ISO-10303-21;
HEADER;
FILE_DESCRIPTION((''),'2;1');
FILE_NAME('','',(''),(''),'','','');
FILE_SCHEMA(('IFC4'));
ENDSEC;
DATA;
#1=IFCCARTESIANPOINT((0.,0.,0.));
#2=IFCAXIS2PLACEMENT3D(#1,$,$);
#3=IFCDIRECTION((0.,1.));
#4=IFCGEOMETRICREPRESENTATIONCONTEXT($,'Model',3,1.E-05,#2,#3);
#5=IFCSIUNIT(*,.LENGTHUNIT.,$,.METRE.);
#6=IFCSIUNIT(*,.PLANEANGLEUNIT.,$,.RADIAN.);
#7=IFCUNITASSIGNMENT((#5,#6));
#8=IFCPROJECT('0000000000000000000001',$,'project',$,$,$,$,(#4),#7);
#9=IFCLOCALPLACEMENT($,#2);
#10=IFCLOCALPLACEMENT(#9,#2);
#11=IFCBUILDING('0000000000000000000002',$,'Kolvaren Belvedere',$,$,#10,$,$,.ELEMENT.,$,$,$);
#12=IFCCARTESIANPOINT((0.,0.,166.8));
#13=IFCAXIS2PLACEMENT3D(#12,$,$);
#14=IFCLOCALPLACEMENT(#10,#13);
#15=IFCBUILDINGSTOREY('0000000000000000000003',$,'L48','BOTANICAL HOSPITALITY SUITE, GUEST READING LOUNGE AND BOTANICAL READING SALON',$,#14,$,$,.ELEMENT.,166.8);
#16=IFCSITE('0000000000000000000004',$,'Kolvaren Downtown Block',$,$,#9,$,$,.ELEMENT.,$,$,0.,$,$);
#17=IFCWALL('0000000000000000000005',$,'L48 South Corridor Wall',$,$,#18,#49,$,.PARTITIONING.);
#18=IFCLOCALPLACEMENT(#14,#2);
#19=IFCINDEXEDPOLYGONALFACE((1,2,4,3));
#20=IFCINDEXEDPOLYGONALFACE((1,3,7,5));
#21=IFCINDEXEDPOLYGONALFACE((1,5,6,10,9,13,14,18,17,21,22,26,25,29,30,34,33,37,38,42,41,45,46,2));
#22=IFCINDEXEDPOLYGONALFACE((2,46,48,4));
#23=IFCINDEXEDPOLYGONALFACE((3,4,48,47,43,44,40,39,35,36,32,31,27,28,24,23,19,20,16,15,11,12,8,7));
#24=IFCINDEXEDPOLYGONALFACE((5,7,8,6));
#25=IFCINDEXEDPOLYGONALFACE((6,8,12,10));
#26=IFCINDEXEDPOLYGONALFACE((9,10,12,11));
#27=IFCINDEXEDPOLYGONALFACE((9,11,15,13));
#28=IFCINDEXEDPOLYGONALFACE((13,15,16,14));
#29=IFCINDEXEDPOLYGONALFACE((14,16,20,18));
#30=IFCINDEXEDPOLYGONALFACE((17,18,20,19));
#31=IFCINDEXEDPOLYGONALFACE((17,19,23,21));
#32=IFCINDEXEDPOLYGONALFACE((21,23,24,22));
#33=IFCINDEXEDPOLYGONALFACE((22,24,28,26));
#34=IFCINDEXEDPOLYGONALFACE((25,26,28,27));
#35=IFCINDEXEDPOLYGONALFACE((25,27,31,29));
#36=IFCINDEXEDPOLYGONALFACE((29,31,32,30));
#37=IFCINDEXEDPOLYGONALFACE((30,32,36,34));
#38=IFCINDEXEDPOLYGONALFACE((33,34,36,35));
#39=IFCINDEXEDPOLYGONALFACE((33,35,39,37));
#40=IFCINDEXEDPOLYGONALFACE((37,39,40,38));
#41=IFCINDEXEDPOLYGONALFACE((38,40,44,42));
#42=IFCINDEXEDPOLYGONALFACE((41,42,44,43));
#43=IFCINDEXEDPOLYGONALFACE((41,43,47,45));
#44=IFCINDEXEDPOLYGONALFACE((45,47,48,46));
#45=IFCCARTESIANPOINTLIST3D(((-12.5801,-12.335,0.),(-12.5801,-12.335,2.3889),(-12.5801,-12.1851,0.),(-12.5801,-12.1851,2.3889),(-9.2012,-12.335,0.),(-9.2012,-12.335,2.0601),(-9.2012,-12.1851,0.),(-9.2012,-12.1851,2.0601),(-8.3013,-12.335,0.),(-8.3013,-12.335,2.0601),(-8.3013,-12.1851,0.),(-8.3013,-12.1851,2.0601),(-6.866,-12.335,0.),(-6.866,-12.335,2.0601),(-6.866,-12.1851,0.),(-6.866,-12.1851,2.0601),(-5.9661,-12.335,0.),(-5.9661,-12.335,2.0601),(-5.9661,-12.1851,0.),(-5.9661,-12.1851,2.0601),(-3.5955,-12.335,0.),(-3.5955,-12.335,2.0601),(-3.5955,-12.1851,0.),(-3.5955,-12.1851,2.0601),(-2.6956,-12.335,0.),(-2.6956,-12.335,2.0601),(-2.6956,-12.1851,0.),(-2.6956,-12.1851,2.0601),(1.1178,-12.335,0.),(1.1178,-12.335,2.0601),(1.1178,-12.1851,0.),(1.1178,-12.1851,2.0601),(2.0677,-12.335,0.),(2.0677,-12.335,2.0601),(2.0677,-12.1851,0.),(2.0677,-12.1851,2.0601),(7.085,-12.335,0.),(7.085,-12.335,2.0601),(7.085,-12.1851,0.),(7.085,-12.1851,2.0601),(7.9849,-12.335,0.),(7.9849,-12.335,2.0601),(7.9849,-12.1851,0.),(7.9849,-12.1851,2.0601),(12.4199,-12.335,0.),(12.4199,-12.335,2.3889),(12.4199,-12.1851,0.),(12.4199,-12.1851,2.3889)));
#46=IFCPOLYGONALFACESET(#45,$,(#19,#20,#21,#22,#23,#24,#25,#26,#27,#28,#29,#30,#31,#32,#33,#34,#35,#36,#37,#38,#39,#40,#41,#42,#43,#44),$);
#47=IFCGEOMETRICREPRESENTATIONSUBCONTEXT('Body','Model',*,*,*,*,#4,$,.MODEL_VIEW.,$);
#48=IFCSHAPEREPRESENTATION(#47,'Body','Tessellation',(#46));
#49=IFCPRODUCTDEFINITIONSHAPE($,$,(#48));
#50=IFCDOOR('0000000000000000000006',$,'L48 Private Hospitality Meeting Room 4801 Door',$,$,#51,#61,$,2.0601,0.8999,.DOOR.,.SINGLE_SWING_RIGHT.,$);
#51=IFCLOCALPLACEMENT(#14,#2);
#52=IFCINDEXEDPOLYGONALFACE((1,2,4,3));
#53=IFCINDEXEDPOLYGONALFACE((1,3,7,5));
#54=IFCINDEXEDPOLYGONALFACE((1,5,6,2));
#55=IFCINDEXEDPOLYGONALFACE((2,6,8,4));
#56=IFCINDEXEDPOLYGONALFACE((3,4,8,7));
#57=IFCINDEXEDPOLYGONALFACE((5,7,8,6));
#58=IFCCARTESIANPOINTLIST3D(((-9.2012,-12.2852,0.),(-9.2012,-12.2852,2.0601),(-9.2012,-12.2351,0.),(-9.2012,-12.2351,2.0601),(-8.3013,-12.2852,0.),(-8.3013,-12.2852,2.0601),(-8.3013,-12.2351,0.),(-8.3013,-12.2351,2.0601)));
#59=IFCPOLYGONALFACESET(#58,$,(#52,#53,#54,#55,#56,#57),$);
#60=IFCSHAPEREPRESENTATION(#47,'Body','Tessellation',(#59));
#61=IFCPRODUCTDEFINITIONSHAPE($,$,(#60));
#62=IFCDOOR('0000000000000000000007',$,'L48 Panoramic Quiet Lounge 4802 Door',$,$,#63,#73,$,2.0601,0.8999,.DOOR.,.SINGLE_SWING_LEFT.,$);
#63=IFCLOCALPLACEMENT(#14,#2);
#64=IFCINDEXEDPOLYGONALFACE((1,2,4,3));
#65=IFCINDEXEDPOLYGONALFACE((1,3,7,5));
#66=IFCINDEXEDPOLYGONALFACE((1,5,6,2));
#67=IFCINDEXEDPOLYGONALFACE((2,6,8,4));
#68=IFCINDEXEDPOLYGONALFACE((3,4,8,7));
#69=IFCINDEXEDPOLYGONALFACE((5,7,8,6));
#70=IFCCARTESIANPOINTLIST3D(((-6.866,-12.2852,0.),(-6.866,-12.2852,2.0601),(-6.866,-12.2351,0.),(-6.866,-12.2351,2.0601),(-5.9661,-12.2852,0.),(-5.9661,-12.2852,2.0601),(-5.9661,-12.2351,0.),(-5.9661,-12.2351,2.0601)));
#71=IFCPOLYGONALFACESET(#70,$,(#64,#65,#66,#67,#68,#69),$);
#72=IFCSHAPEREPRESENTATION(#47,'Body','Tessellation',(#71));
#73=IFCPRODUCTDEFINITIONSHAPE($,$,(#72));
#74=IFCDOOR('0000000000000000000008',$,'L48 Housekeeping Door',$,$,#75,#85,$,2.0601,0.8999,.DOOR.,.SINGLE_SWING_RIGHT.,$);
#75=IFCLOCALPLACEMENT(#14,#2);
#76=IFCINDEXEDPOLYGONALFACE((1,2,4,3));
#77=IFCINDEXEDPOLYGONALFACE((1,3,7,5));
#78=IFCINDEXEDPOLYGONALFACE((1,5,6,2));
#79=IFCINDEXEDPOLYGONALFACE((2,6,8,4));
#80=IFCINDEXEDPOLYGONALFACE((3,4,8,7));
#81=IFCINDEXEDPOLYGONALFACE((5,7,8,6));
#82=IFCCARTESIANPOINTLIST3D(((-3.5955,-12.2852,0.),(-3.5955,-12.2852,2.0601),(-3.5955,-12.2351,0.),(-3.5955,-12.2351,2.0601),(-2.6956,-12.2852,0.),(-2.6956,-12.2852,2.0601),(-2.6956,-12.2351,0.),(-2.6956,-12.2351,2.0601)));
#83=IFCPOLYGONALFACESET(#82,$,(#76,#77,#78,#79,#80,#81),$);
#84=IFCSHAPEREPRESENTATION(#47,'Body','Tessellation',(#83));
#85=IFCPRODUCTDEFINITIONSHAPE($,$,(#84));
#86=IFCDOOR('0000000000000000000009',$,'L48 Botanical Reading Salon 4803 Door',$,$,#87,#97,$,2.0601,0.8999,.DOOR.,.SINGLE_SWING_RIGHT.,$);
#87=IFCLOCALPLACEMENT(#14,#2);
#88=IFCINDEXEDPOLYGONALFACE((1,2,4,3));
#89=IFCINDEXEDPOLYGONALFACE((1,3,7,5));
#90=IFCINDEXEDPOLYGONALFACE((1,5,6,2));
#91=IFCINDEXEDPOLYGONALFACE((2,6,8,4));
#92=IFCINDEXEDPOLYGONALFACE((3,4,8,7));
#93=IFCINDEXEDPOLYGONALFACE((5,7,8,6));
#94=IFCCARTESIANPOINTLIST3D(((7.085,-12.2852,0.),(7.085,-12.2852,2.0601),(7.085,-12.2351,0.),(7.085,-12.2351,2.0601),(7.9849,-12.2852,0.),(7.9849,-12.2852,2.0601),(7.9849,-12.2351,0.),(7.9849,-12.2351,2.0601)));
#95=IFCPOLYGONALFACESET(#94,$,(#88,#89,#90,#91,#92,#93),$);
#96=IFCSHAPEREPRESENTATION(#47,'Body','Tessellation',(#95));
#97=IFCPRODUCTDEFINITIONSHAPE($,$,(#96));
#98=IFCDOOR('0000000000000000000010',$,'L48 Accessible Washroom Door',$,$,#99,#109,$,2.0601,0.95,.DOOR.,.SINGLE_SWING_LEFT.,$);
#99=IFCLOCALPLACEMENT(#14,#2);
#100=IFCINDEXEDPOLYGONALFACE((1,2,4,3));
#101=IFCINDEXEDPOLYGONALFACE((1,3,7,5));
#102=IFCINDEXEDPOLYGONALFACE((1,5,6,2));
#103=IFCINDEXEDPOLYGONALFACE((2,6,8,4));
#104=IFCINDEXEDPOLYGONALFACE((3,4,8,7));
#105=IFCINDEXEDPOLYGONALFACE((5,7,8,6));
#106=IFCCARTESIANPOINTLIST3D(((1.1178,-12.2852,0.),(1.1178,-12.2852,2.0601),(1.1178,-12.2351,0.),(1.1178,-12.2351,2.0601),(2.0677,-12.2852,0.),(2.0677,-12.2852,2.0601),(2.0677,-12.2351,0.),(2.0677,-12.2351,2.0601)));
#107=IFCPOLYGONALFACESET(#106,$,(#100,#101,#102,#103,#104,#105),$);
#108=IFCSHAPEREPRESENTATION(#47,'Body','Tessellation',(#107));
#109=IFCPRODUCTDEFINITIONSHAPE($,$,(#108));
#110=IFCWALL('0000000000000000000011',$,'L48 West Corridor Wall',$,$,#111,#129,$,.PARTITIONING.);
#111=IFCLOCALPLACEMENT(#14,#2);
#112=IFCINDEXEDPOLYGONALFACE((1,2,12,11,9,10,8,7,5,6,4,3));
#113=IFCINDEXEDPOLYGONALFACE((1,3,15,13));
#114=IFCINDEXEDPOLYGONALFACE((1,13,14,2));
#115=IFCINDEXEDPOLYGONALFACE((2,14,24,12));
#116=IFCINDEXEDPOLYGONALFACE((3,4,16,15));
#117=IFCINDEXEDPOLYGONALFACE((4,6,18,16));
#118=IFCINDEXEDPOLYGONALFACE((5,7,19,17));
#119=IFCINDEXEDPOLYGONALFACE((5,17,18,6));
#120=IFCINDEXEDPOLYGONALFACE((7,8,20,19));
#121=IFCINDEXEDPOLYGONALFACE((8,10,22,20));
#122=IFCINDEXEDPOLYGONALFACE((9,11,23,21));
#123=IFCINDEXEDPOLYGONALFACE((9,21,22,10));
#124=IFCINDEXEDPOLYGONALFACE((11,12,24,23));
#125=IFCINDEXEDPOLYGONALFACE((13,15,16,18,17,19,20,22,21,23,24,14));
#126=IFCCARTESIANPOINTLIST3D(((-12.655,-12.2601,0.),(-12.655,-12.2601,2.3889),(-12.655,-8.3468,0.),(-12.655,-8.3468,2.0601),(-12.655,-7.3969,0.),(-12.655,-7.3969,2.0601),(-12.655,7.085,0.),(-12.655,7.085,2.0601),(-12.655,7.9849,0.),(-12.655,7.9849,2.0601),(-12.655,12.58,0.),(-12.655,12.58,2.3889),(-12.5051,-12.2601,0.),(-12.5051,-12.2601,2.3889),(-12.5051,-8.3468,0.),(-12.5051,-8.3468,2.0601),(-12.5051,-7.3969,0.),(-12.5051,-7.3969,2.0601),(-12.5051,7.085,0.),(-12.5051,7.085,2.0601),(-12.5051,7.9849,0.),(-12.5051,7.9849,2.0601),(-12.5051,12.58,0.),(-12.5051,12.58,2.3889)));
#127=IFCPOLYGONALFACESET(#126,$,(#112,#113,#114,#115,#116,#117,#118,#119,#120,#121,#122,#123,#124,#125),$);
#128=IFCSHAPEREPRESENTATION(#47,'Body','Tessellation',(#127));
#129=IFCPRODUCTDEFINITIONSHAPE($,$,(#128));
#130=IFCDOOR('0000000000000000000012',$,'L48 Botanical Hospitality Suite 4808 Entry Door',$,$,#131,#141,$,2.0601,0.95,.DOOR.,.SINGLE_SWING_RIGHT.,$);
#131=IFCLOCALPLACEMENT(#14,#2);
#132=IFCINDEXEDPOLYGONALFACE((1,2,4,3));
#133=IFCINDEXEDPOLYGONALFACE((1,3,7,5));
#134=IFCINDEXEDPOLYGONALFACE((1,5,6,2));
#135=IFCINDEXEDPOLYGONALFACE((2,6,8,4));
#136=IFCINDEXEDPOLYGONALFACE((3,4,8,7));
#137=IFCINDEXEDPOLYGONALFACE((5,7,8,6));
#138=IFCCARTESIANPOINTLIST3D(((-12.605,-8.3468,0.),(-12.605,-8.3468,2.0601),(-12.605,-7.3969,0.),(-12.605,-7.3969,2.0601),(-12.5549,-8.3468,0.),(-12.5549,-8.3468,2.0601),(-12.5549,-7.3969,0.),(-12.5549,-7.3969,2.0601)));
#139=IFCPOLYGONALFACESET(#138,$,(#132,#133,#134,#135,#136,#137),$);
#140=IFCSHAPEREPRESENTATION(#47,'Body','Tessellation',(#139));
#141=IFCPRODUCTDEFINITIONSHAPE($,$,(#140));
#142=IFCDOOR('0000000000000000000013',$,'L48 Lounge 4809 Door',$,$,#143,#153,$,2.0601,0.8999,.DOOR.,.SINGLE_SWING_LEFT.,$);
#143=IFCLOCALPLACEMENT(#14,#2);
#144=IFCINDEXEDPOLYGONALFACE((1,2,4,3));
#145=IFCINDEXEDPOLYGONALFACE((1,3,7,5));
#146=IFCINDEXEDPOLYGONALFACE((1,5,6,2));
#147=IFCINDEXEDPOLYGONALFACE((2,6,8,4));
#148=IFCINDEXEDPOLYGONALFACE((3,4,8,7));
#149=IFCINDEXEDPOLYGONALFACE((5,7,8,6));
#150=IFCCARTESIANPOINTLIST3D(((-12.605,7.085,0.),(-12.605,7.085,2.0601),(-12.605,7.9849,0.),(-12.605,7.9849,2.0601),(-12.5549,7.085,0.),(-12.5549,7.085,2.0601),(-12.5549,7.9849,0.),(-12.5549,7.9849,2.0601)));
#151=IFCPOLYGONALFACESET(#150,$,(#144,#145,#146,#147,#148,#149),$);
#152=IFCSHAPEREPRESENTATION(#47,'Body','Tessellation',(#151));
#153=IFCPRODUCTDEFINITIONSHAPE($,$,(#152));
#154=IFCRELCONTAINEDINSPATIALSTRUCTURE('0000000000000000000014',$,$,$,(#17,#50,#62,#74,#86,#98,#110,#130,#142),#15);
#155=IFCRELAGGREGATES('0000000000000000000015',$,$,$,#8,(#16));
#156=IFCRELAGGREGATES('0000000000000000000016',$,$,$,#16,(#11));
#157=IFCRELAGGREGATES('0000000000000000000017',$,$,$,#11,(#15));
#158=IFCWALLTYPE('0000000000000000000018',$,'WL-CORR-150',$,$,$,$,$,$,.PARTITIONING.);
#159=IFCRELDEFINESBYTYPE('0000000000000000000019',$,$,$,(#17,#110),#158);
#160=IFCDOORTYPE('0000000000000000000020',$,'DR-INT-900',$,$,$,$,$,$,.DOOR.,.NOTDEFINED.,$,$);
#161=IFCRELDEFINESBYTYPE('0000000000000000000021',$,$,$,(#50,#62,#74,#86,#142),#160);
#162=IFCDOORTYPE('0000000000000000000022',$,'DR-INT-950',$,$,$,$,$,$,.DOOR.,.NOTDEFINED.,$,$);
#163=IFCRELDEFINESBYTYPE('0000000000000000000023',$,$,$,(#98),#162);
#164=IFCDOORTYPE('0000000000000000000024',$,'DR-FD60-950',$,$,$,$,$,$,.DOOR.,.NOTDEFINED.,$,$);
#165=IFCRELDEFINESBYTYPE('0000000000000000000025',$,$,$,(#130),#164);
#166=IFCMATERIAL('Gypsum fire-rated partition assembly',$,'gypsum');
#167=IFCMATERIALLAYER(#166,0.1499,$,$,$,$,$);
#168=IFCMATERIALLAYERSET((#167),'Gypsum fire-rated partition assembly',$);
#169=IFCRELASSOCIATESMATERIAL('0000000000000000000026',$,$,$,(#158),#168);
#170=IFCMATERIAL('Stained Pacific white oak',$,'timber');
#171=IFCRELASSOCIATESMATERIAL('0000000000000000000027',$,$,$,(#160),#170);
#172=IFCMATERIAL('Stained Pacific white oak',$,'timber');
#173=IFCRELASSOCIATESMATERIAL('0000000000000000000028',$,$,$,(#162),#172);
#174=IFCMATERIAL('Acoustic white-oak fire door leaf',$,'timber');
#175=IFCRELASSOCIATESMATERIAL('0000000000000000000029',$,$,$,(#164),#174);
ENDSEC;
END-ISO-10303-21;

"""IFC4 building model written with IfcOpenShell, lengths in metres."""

from ifc_helpers import new_model, si_unit, direction, frame, frame_2d, origin, place, context, subcontext, project, spatial, rectangle, extrude, material, layer, layer_set, type_object, element, fill, save


model = new_model("IFC4")

# Units and contexts
model_context = context("Model", 3, precision=1e-05, world=origin(), true_north=direction((0.0, 1.0)))
body_context = subcontext(model_context, "Body", "Model", "MODEL_VIEW")
ifc_project = project(units=[si_unit("LENGTHUNIT", "METRE"), si_unit("PLANEANGLEUNIT", "RADIAN")], contexts=[model_context])

# Site, building, storey
site_placement = place(None, origin())
site = spatial("IfcSite", under=ifc_project, at=site_placement, Name="Kolvaren Downtown Block", CompositionType="ELEMENT", RefElevation=0.0)
building_placement = place(site_placement, origin())
building = spatial("IfcBuilding", under=site, at=building_placement, Name="Kolvaren Belvedere", CompositionType="ELEMENT")
storey_placement = place(building_placement, frame((0.0, 0.0, 166.8)))
storey = spatial("IfcBuildingStorey", under=building, at=storey_placement, Name="L48", Description="BOTANICAL HOSPITALITY SUITE, GUEST READING LOUNGE AND BOTANICAL READING SALON", CompositionType="ELEMENT", Elevation=166.8)

# Walls, openings, doors
ifc_material_1 = material(Name="Gypsum fire-rated partition assembly", Category="gypsum")
ifc_layer_1 = layer(ifc_material_1, 0.1499)
ifc_layer_set_1 = layer_set([ifc_layer_1], Name="Gypsum fire-rated partition assembly")
wall_type_1 = type_object("IfcWallType", Name="WL-CORR-150", PredefinedType="PARTITIONING", material=ifc_layer_set_1)
wall_1_placement = place(storey_placement, frame((-12.5801, -12.26, 0.0), z_axis=(0.0, 0.0, 1.0), x_axis=(1.0, 0.0, 0.0)))
wall_1 = element("IfcWall", 1, at=wall_1_placement, inside=storey, type_object=wall_type_1, Name="L48 South Corridor Wall", PredefinedType="PARTITIONING", context=body_context, shape_type="SweptSolid", body=[
    extrude(rectangle(XDim=25.0, YDim=0.1499, at=frame_2d((12.5, 0.0))), origin(), (0.0, 0.0, 1.0), 2.3889),
])
opening_1_placement = place(wall_1_placement, frame((3.3789, 0.0, 0.0)))
opening_1 = element("IfcOpeningElement", 2, at=opening_1_placement, cuts=wall_1, PredefinedType="OPENING", context=body_context, shape_type="SweptSolid", body=[
    extrude(rectangle(XDim=0.8999, YDim=2.0601, at=frame_2d((0.45, 1.03))), frame((0.0, 0.085, 0.0), z_axis=(0.0, -1.0, 0.0), x_axis=(1.0, 0.0, 0.0)), (0.0, 0.0, 1.0), 0.1699),
])
opening_2_placement = place(wall_1_placement, frame((5.7141, 0.0, 0.0)))
opening_2 = element("IfcOpeningElement", 3, at=opening_2_placement, cuts=wall_1, PredefinedType="OPENING", context=body_context, shape_type="SweptSolid", body=[
    extrude(rectangle(XDim=0.8999, YDim=2.0601, at=frame_2d((0.45, 1.03))), frame((0.0, 0.085, 0.0), z_axis=(0.0, -1.0, 0.0), x_axis=(1.0, 0.0, 0.0)), (0.0, 0.0, 1.0), 0.1699),
])
opening_3_placement = place(wall_1_placement, frame((8.9846, 0.0, 0.0)))
opening_3 = element("IfcOpeningElement", 4, at=opening_3_placement, cuts=wall_1, PredefinedType="OPENING", context=body_context, shape_type="SweptSolid", body=[
    extrude(rectangle(XDim=0.8999, YDim=2.0601, at=frame_2d((0.45, 1.03))), frame((0.0, 0.085, 0.0), z_axis=(0.0, -1.0, 0.0), x_axis=(1.0, 0.0, 0.0)), (0.0, 0.0, 1.0), 0.1699),
])
opening_4_placement = place(wall_1_placement, frame((13.6978, 0.0, 0.0)))
opening_4 = element("IfcOpeningElement", 5, at=opening_4_placement, cuts=wall_1, PredefinedType="OPENING", context=body_context, shape_type="SweptSolid", body=[
    extrude(rectangle(XDim=0.95, YDim=2.0601, at=frame_2d((0.4751, 1.03))), frame((0.0, 0.085, 0.0), z_axis=(0.0, -1.0, 0.0), x_axis=(1.0, 0.0, 0.0)), (0.0, 0.0, 1.0), 0.1699),
])
opening_5_placement = place(wall_1_placement, frame((19.665, 0.0, 0.0)))
opening_5 = element("IfcOpeningElement", 6, at=opening_5_placement, cuts=wall_1, PredefinedType="OPENING", context=body_context, shape_type="SweptSolid", body=[
    extrude(rectangle(XDim=0.8999, YDim=2.0601, at=frame_2d((0.45, 1.03))), frame((0.0, 0.085, 0.0), z_axis=(0.0, -1.0, 0.0), x_axis=(1.0, 0.0, 0.0)), (0.0, 0.0, 1.0), 0.1699),
])
ifc_material_2 = material(Name="Stained Pacific white oak", Category="timber")
door_type_1 = type_object("IfcDoorType", Name="DR-INT-900", OperationType="NOTDEFINED", PredefinedType="DOOR", material=ifc_material_2)
door_1_placement = place(opening_1_placement, origin())
door_1 = element("IfcDoor", 7, at=door_1_placement, inside=storey, type_object=door_type_1, Name="L48 Private Hospitality Meeting Room 4801 Door", OperationType="SINGLE_SWING_RIGHT", OverallHeight=2.0601, OverallWidth=0.8999, PredefinedType="DOOR", context=body_context, shape_type="SweptSolid", body=[
    extrude(rectangle(XDim=0.8999, YDim=2.0601, at=frame_2d((0.45, 1.03))), frame((0.0, 0.0249, 0.0), z_axis=(0.0, -1.0, 0.0), x_axis=(1.0, 0.0, 0.0)), (0.0, 0.0, 1.0), 0.05),
])
fill(opening_1, door_1)
door_2_placement = place(opening_2_placement, origin())
door_2 = element("IfcDoor", 8, at=door_2_placement, inside=storey, type_object=door_type_1, Name="L48 Panoramic Quiet Lounge 4802 Door", OperationType="SINGLE_SWING_LEFT", OverallHeight=2.0601, OverallWidth=0.8999, PredefinedType="DOOR", context=body_context, shape_type="SweptSolid", body=[
    extrude(rectangle(XDim=0.8999, YDim=2.0601, at=frame_2d((0.45, 1.03))), frame((0.0, 0.0249, 0.0), z_axis=(0.0, -1.0, 0.0), x_axis=(1.0, 0.0, 0.0)), (0.0, 0.0, 1.0), 0.05),
])
fill(opening_2, door_2)
door_3_placement = place(opening_3_placement, origin())
door_3 = element("IfcDoor", 9, at=door_3_placement, inside=storey, type_object=door_type_1, Name="L48 Housekeeping Door", OperationType="SINGLE_SWING_RIGHT", OverallHeight=2.0601, OverallWidth=0.8999, PredefinedType="DOOR", context=body_context, shape_type="SweptSolid", body=[
    extrude(rectangle(XDim=0.8999, YDim=2.0601, at=frame_2d((0.45, 1.03))), frame((0.0, 0.0249, 0.0), z_axis=(0.0, -1.0, 0.0), x_axis=(1.0, 0.0, 0.0)), (0.0, 0.0, 1.0), 0.05),
])
fill(opening_3, door_3)
door_4_placement = place(opening_5_placement, origin())
door_4 = element("IfcDoor", 10, at=door_4_placement, inside=storey, type_object=door_type_1, Name="L48 Botanical Reading Salon 4803 Door", OperationType="SINGLE_SWING_RIGHT", OverallHeight=2.0601, OverallWidth=0.8999, PredefinedType="DOOR", context=body_context, shape_type="SweptSolid", body=[
    extrude(rectangle(XDim=0.8999, YDim=2.0601, at=frame_2d((0.45, 1.03))), frame((0.0, 0.0249, 0.0), z_axis=(0.0, -1.0, 0.0), x_axis=(1.0, 0.0, 0.0)), (0.0, 0.0, 1.0), 0.05),
])
fill(opening_5, door_4)
ifc_material_3 = material(Name="Stained Pacific white oak", Category="timber")
door_type_2 = type_object("IfcDoorType", Name="DR-INT-950", OperationType="NOTDEFINED", PredefinedType="DOOR", material=ifc_material_3)
door_5_placement = place(opening_4_placement, origin())
door_5 = element("IfcDoor", 11, at=door_5_placement, inside=storey, type_object=door_type_2, Name="L48 Accessible Washroom Door", OperationType="SINGLE_SWING_LEFT", OverallHeight=2.0601, OverallWidth=0.95, PredefinedType="DOOR", context=body_context, shape_type="SweptSolid", body=[
    extrude(rectangle(XDim=0.95, YDim=2.0601, at=frame_2d((0.4751, 1.03))), frame((0.0, 0.0249, 0.0), z_axis=(0.0, -1.0, 0.0), x_axis=(1.0, 0.0, 0.0)), (0.0, 0.0, 1.0), 0.05),
])
fill(opening_4, door_5)
wall_2_placement = place(storey_placement, frame((-12.5801, -12.26, 0.0), z_axis=(0.0, 0.0, 1.0), x_axis=(0.0, 1.0, 0.0)))
wall_2 = element("IfcWall", 12, at=wall_2_placement, inside=storey, type_object=wall_type_1, Name="L48 West Corridor Wall", PredefinedType="PARTITIONING", context=body_context, shape_type="SweptSolid", body=[
    extrude(rectangle(XDim=24.8401, YDim=0.1499, at=frame_2d((12.4199, 0.0))), origin(), (0.0, 0.0, 1.0), 2.3889),
])
opening_6_placement = place(wall_2_placement, frame((3.9131, 0.0, 0.0)))
opening_6 = element("IfcOpeningElement", 13, at=opening_6_placement, cuts=wall_2, PredefinedType="OPENING", context=body_context, shape_type="SweptSolid", body=[
    extrude(rectangle(XDim=0.95, YDim=2.0601, at=frame_2d((0.4751, 1.03))), frame((0.0, 0.085, 0.0), z_axis=(0.0, -1.0, 0.0), x_axis=(1.0, 0.0, 0.0)), (0.0, 0.0, 1.0), 0.1699),
])
opening_7_placement = place(wall_2_placement, frame((19.345, 0.0, 0.0)))
opening_7 = element("IfcOpeningElement", 14, at=opening_7_placement, cuts=wall_2, PredefinedType="OPENING", context=body_context, shape_type="SweptSolid", body=[
    extrude(rectangle(XDim=0.8999, YDim=2.0601, at=frame_2d((0.45, 1.03))), frame((0.0, 0.085, 0.0), z_axis=(0.0, -1.0, 0.0), x_axis=(1.0, 0.0, 0.0)), (0.0, 0.0, 1.0), 0.1699),
])
ifc_material_4 = material(Name="Acoustic white-oak fire door leaf", Category="timber")
door_type_3 = type_object("IfcDoorType", Name="DR-FD60-950", OperationType="NOTDEFINED", PredefinedType="DOOR", material=ifc_material_4)
door_6_placement = place(opening_6_placement, origin())
door_6 = element("IfcDoor", 15, at=door_6_placement, inside=storey, type_object=door_type_3, Name="L48 Botanical Hospitality Suite 4808 Entry Door", OperationType="SINGLE_SWING_RIGHT", OverallHeight=2.0601, OverallWidth=0.95, PredefinedType="DOOR", context=body_context, shape_type="SweptSolid", body=[
    extrude(rectangle(XDim=0.95, YDim=2.0601, at=frame_2d((0.4751, 1.03))), frame((0.0, 0.0249, 0.0), z_axis=(0.0, -1.0, 0.0), x_axis=(1.0, 0.0, 0.0)), (0.0, 0.0, 1.0), 0.05),
])
fill(opening_6, door_6)
door_7_placement = place(opening_7_placement, origin())
door_7 = element("IfcDoor", 16, at=door_7_placement, inside=storey, type_object=door_type_1, Name="L48 Lounge 4809 Door", OperationType="SINGLE_SWING_LEFT", OverallHeight=2.0601, OverallWidth=0.8999, PredefinedType="DOOR", context=body_context, shape_type="SweptSolid", body=[
    extrude(rectangle(XDim=0.8999, YDim=2.0601, at=frame_2d((0.45, 1.03))), frame((0.0, 0.0249, 0.0), z_axis=(0.0, -1.0, 0.0), x_axis=(1.0, 0.0, 0.0)), (0.0, 0.0, 1.0), 0.05),
])
fill(opening_7, door_7)

save(model, "model.ifc")
